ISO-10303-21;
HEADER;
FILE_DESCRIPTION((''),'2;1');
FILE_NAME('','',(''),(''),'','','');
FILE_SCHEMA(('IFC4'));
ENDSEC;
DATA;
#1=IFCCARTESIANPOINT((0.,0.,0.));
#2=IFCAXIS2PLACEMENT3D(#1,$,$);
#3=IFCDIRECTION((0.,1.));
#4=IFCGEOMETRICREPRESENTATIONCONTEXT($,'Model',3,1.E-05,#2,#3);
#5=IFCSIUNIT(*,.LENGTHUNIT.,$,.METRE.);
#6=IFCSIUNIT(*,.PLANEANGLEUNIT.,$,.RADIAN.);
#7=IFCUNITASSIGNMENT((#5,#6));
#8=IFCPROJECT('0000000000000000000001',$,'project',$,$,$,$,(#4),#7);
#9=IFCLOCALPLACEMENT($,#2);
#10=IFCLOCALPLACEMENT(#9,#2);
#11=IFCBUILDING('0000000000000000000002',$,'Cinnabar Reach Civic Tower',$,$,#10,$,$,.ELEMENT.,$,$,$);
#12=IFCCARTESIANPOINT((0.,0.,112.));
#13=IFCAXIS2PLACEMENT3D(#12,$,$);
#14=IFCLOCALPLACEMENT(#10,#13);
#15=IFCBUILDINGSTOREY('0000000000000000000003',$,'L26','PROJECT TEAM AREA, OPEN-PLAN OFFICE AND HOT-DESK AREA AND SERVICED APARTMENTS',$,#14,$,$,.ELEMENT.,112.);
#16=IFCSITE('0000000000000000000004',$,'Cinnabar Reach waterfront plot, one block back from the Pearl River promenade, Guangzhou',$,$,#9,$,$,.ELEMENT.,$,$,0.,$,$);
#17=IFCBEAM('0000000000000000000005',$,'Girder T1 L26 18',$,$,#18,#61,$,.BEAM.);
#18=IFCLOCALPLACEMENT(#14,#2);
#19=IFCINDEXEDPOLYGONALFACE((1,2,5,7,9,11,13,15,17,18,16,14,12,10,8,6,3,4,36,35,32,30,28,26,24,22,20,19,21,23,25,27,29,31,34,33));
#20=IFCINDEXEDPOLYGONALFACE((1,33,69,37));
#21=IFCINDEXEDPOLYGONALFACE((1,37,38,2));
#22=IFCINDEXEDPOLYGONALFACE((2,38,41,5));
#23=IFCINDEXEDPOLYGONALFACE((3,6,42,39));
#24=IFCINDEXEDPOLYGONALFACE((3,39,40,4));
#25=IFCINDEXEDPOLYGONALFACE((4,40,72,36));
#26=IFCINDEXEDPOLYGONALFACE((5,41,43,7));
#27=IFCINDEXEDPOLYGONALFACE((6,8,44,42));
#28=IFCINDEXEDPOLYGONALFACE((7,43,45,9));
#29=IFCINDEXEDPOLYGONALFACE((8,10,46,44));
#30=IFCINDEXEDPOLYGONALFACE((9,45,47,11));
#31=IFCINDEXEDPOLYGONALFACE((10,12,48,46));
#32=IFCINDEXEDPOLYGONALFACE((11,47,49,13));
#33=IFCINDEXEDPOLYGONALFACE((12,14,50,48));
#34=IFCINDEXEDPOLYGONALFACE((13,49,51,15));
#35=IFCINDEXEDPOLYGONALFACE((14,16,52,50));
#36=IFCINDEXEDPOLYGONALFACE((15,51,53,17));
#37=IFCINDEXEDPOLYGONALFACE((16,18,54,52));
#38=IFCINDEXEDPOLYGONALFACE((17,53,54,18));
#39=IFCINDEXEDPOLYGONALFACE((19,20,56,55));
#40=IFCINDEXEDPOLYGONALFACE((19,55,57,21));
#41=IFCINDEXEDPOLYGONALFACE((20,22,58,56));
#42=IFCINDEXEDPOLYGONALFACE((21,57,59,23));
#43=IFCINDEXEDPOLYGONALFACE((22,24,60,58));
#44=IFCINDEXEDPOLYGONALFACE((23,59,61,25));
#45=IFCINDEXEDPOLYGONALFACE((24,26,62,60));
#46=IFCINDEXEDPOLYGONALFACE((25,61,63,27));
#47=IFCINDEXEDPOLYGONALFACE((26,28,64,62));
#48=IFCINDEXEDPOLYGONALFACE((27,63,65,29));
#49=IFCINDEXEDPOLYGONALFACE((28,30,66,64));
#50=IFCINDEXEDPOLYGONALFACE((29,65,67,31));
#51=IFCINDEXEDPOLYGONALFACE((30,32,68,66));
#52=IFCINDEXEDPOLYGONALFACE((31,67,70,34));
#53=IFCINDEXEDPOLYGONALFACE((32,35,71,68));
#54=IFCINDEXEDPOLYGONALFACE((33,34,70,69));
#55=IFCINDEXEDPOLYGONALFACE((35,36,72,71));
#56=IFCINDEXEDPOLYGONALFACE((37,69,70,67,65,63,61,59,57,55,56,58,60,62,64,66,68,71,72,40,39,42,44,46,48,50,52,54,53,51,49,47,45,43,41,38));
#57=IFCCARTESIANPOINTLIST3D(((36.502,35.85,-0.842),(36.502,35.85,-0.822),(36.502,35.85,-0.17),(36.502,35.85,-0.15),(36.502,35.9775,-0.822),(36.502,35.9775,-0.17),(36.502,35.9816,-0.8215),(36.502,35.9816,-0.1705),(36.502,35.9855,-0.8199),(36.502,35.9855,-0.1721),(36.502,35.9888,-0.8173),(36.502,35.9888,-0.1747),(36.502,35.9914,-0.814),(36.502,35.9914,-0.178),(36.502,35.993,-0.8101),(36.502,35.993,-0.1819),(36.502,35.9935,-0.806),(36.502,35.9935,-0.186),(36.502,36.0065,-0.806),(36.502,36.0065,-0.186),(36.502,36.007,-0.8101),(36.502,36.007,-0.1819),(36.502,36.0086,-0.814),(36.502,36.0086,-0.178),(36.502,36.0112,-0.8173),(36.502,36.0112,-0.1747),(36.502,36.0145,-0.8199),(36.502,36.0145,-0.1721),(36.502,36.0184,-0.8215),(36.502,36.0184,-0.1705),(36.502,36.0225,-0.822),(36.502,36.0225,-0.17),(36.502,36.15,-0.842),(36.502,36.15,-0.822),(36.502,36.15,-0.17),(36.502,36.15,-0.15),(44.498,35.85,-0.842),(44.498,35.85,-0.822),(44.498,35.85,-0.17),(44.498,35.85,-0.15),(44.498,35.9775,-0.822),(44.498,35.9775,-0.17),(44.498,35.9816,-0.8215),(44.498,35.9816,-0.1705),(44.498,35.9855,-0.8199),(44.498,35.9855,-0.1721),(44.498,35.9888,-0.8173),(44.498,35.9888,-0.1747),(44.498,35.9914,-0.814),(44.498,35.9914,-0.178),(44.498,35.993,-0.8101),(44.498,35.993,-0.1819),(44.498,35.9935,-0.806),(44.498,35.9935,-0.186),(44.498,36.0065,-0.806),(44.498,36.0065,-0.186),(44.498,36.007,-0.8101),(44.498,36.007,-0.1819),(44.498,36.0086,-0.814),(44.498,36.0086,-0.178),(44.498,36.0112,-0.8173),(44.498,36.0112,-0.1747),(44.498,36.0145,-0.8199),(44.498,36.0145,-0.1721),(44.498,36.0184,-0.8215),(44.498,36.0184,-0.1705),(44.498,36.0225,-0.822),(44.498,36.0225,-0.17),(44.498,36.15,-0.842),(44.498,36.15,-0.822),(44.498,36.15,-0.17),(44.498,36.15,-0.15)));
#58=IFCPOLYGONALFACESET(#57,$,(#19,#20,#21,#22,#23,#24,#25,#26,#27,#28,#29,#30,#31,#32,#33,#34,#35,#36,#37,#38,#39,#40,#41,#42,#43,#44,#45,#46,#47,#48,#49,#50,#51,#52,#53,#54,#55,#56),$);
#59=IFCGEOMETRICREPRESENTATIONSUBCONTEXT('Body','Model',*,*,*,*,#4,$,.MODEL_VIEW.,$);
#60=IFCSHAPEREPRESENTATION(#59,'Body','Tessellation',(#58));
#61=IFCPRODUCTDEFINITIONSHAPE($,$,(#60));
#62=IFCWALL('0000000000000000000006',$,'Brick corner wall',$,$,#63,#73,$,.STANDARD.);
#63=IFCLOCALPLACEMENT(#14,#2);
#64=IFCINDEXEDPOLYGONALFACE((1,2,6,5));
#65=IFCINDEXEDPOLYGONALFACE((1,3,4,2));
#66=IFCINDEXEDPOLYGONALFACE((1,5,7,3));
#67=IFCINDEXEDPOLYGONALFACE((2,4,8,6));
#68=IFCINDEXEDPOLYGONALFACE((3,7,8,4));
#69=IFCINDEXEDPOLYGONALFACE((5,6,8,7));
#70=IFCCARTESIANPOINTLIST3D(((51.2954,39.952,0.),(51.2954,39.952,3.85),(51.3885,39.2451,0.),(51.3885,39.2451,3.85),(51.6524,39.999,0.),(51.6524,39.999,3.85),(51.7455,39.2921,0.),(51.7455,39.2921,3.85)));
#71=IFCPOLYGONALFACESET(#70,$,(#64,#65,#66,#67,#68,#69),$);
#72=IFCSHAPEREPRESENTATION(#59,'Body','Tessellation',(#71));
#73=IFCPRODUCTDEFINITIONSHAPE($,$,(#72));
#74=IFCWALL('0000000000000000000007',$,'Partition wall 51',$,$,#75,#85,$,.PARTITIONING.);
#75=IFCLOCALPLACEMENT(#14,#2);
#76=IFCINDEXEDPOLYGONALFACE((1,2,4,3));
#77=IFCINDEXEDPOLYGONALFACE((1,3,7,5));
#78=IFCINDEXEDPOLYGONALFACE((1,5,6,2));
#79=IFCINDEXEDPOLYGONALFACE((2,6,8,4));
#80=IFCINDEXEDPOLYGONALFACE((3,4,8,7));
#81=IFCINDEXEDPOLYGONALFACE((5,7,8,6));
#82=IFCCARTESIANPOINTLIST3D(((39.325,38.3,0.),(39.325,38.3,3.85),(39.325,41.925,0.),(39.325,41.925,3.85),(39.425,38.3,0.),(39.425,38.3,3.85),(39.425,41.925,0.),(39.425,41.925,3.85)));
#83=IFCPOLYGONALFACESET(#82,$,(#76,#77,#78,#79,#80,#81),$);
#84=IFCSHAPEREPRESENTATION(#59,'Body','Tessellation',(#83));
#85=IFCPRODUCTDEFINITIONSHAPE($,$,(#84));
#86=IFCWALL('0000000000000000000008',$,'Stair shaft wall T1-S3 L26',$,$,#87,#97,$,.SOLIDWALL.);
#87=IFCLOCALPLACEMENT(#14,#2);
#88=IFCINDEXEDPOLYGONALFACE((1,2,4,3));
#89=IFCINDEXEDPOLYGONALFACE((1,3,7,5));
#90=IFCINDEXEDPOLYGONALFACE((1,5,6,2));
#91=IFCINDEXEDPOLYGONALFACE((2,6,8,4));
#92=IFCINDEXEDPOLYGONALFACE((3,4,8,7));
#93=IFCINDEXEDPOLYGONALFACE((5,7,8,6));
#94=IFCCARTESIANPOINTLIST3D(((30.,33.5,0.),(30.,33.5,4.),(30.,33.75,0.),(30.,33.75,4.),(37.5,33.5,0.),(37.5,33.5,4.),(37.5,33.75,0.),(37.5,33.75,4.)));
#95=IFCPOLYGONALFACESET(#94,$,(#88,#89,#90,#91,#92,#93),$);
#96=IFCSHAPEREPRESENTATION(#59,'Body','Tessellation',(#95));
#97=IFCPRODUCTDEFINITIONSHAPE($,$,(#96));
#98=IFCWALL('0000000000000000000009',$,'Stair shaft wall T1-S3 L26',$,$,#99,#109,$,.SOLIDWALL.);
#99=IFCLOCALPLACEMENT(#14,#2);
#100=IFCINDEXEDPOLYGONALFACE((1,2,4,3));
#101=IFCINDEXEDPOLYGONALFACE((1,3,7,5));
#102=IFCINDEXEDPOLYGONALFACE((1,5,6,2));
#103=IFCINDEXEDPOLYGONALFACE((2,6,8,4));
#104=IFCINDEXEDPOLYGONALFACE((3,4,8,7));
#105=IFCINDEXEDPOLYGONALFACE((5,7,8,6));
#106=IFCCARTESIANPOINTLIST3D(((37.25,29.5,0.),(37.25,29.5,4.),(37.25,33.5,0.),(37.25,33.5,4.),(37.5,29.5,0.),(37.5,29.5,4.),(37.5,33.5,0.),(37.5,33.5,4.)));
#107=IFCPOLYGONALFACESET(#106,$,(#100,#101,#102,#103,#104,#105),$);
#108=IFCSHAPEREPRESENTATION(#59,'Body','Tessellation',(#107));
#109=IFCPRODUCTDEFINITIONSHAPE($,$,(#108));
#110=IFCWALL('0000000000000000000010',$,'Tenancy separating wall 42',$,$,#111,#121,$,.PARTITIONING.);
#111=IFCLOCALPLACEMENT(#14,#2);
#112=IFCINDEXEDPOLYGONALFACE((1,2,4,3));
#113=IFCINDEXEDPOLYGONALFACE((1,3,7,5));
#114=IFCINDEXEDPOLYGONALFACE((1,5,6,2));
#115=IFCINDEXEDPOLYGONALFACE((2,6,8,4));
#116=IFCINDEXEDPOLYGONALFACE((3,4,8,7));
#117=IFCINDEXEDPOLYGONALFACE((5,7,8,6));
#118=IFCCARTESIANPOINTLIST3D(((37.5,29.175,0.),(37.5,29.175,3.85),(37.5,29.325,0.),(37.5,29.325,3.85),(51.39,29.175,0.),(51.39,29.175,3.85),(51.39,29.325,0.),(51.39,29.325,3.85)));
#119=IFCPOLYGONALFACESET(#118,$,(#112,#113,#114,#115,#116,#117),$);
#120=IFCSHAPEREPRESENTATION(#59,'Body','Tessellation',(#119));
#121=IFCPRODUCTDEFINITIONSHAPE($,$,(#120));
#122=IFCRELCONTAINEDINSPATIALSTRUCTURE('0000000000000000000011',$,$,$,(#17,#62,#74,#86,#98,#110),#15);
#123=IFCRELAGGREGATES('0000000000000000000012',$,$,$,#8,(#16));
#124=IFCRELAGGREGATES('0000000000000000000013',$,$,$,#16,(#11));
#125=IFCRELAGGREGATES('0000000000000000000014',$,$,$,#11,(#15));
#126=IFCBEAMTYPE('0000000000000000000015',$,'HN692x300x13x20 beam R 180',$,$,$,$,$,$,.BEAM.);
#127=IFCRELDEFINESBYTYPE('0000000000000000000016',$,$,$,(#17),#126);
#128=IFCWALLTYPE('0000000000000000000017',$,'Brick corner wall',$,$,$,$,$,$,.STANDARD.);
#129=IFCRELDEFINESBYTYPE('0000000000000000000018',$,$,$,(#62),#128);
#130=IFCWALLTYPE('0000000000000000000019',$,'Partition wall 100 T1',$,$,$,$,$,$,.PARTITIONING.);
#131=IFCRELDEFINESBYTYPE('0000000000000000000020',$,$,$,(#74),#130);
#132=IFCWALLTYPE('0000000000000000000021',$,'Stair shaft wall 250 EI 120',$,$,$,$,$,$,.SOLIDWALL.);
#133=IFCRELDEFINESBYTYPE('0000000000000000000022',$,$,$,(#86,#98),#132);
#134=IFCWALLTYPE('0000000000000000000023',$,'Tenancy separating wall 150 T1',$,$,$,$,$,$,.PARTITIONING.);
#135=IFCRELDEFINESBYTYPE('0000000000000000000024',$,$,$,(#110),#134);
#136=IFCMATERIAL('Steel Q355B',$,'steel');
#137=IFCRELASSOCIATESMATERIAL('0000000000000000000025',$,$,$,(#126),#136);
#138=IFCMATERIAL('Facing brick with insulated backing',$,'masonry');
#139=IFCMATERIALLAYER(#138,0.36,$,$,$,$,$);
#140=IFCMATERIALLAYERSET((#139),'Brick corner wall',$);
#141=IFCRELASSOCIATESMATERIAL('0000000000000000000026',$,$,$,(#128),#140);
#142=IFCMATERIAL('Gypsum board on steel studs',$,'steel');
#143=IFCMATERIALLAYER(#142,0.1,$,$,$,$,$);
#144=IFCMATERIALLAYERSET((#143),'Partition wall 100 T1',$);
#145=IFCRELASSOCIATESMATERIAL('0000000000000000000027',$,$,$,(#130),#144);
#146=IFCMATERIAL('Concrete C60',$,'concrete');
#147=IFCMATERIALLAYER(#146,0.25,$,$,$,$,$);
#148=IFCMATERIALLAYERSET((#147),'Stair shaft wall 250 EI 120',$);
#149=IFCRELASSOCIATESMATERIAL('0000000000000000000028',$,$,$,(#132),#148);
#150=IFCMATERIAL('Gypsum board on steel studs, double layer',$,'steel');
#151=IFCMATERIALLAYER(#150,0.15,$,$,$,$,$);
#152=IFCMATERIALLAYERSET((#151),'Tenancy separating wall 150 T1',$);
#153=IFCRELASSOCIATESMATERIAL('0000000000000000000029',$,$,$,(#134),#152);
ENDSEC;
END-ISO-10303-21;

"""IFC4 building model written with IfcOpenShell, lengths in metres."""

from ifc_helpers import new_model, si_unit, direction, frame, frame_2d, origin, origin_2d, place, context, subcontext, project, spatial, rectangle, i_section, extrude, material, layer, layer_set, material_profile, profile_set, type_object, element, save


model = new_model("IFC4")

# Units and contexts
model_context = context("Model", 3, precision=1e-05, world=origin(), true_north=direction((0.0, 1.0)))
body_context = subcontext(model_context, "Body", "Model", "MODEL_VIEW")
ifc_project = project(units=[si_unit("LENGTHUNIT", "METRE"), si_unit("PLANEANGLEUNIT", "RADIAN")], contexts=[model_context])

# Site, building, storey
site_placement = place(None, origin())
site = spatial("IfcSite", under=ifc_project, at=site_placement, Name="Cinnabar Reach waterfront plot, one block back from the Pearl River promenade, Guangzhou", CompositionType="ELEMENT", RefElevation=0.0)
building_placement = place(site_placement, origin())
building = spatial("IfcBuilding", under=site, at=building_placement, Name="Cinnabar Reach Civic Tower", CompositionType="ELEMENT")
storey_placement = place(building_placement, frame((0.0, 0.0, 112.0)))
storey = spatial("IfcBuildingStorey", under=building, at=storey_placement, Name="L26", Description="PROJECT TEAM AREA, OPEN-PLAN OFFICE AND HOT-DESK AREA AND SERVICED APARTMENTS", CompositionType="ELEMENT", Elevation=112.0)

# Beam
ifc_material_1 = material(Name="Steel Q355B", Category="steel")
ifc_material_profile_1 = material_profile(ifc_material_1, i_section(OverallWidth=0.3, OverallDepth=0.692, WebThickness=0.013, FlangeThickness=0.02, FilletRadius=0.016, at=origin_2d()), Name="HN692x300x13x20")
ifc_profile_set_1 = profile_set([ifc_material_profile_1], Name="Steel Q355B")
beam_type_1 = type_object("IfcBeamType", Name="HN692x300x13x20 beam R 180", PredefinedType="BEAM", material=ifc_profile_set_1)
beam_1_placement = place(storey_placement, frame((36.502, 36.0, -0.496), z_axis=(1.0, 0.0, 0.0), x_axis=(0.0, 1.0, 0.0)))
element("IfcBeam", 1, at=beam_1_placement, inside=storey, type_object=beam_type_1, Name="Girder T1 L26 18", PredefinedType="BEAM", context=body_context, shape_type="SweptSolid", body=[
    extrude(i_section(OverallWidth=0.3, OverallDepth=0.692, WebThickness=0.013, FlangeThickness=0.02, FilletRadius=0.016, at=origin_2d()), origin(), (0.0, 0.0, 1.0), 7.996),
])

# Walls
ifc_material_2 = material(Name="Facing brick with insulated backing", Category="masonry")
ifc_layer_1 = layer(ifc_material_2, 0.36)
ifc_layer_set_1 = layer_set([ifc_layer_1], Name="Brick corner wall")
wall_type_1 = type_object("IfcWallType", Name="Brick corner wall", PredefinedType="STANDARD", material=ifc_layer_set_1)
wall_1_placement = place(storey_placement, frame((51.567, 39.2686, 0.0), z_axis=(0.0, 0.0, 1.0), x_axis=(-0.130556, 0.991441, 0.0)))
element("IfcWall", 2, at=wall_1_placement, inside=storey, type_object=wall_type_1, Name="Brick corner wall", PredefinedType="STANDARD", context=body_context, shape_type="SweptSolid", body=[
    extrude(rectangle(XDim=0.7131, YDim=0.36, at=frame_2d((0.3565, 0.0))), origin(), (0.0, 0.0, 1.0), 3.85),
])
ifc_material_3 = material(Name="Gypsum board on steel studs", Category="steel")
ifc_layer_2 = layer(ifc_material_3, 0.1)
ifc_layer_set_2 = layer_set([ifc_layer_2], Name="Partition wall 100 T1")
wall_type_2 = type_object("IfcWallType", Name="Partition wall 100 T1", PredefinedType="PARTITIONING", material=ifc_layer_set_2)
wall_2_placement = place(storey_placement, frame((39.375, 38.3, 0.0), z_axis=(0.0, 0.0, 1.0), x_axis=(0.0, 1.0, 0.0)))
element("IfcWall", 3, at=wall_2_placement, inside=storey, type_object=wall_type_2, Name="Partition wall 51", PredefinedType="PARTITIONING", context=body_context, shape_type="SweptSolid", body=[
    extrude(rectangle(XDim=3.625, YDim=0.1, at=frame_2d((1.8125, 0.0))), origin(), (0.0, 0.0, 1.0), 3.85),
])
ifc_material_4 = material(Name="Concrete C60", Category="concrete")
ifc_layer_3 = layer(ifc_material_4, 0.25)
ifc_layer_set_3 = layer_set([ifc_layer_3], Name="Stair shaft wall 250 EI 120")
wall_type_3 = type_object("IfcWallType", Name="Stair shaft wall 250 EI 120", PredefinedType="SOLIDWALL", material=ifc_layer_set_3)
wall_3_placement = place(storey_placement, frame((37.5, 33.625, 0.0), z_axis=(0.0, 0.0, 1.0), x_axis=(-1.0, 0.0, 0.0)))
element("IfcWall", 4, at=wall_3_placement, inside=storey, type_object=wall_type_3, Name="Stair shaft wall T1-S3 L26", PredefinedType="SOLIDWALL", context=body_context, shape_type="SweptSolid", body=[
    extrude(rectangle(XDim=7.5, YDim=0.25, at=frame_2d((3.75, 0.0))), origin(), (0.0, 0.0, 1.0), 4.0),
])
wall_4_placement = place(storey_placement, frame((37.375, 29.5, 0.0), z_axis=(0.0, 0.0, 1.0), x_axis=(0.0, 1.0, 0.0)))
element("IfcWall", 5, at=wall_4_placement, inside=storey, type_object=wall_type_3, Name="Stair shaft wall T1-S3 L26", PredefinedType="SOLIDWALL", context=body_context, shape_type="SweptSolid", body=[
    extrude(rectangle(XDim=4.0, YDim=0.25, at=frame_2d((2.0, 0.0))), origin(), (0.0, 0.0, 1.0), 4.0),
])
ifc_material_5 = material(Name="Gypsum board on steel studs, double layer", Category="steel")
ifc_layer_4 = layer(ifc_material_5, 0.15)
ifc_layer_set_4 = layer_set([ifc_layer_4], Name="Tenancy separating wall 150 T1")
wall_type_4 = type_object("IfcWallType", Name="Tenancy separating wall 150 T1", PredefinedType="PARTITIONING", material=ifc_layer_set_4)
wall_5_placement = place(storey_placement, frame((37.5, 29.25, 0.0), z_axis=(0.0, 0.0, 1.0), x_axis=(1.0, 0.0, 0.0)))
element("IfcWall", 6, at=wall_5_placement, inside=storey, type_object=wall_type_4, Name="Tenancy separating wall 42", PredefinedType="PARTITIONING", context=body_context, shape_type="SweptSolid", body=[
    extrude(rectangle(XDim=13.89, YDim=0.15, at=frame_2d((6.945, 0.0))), origin(), (0.0, 0.0, 1.0), 3.85),
])

save(model, "model.ifc")
